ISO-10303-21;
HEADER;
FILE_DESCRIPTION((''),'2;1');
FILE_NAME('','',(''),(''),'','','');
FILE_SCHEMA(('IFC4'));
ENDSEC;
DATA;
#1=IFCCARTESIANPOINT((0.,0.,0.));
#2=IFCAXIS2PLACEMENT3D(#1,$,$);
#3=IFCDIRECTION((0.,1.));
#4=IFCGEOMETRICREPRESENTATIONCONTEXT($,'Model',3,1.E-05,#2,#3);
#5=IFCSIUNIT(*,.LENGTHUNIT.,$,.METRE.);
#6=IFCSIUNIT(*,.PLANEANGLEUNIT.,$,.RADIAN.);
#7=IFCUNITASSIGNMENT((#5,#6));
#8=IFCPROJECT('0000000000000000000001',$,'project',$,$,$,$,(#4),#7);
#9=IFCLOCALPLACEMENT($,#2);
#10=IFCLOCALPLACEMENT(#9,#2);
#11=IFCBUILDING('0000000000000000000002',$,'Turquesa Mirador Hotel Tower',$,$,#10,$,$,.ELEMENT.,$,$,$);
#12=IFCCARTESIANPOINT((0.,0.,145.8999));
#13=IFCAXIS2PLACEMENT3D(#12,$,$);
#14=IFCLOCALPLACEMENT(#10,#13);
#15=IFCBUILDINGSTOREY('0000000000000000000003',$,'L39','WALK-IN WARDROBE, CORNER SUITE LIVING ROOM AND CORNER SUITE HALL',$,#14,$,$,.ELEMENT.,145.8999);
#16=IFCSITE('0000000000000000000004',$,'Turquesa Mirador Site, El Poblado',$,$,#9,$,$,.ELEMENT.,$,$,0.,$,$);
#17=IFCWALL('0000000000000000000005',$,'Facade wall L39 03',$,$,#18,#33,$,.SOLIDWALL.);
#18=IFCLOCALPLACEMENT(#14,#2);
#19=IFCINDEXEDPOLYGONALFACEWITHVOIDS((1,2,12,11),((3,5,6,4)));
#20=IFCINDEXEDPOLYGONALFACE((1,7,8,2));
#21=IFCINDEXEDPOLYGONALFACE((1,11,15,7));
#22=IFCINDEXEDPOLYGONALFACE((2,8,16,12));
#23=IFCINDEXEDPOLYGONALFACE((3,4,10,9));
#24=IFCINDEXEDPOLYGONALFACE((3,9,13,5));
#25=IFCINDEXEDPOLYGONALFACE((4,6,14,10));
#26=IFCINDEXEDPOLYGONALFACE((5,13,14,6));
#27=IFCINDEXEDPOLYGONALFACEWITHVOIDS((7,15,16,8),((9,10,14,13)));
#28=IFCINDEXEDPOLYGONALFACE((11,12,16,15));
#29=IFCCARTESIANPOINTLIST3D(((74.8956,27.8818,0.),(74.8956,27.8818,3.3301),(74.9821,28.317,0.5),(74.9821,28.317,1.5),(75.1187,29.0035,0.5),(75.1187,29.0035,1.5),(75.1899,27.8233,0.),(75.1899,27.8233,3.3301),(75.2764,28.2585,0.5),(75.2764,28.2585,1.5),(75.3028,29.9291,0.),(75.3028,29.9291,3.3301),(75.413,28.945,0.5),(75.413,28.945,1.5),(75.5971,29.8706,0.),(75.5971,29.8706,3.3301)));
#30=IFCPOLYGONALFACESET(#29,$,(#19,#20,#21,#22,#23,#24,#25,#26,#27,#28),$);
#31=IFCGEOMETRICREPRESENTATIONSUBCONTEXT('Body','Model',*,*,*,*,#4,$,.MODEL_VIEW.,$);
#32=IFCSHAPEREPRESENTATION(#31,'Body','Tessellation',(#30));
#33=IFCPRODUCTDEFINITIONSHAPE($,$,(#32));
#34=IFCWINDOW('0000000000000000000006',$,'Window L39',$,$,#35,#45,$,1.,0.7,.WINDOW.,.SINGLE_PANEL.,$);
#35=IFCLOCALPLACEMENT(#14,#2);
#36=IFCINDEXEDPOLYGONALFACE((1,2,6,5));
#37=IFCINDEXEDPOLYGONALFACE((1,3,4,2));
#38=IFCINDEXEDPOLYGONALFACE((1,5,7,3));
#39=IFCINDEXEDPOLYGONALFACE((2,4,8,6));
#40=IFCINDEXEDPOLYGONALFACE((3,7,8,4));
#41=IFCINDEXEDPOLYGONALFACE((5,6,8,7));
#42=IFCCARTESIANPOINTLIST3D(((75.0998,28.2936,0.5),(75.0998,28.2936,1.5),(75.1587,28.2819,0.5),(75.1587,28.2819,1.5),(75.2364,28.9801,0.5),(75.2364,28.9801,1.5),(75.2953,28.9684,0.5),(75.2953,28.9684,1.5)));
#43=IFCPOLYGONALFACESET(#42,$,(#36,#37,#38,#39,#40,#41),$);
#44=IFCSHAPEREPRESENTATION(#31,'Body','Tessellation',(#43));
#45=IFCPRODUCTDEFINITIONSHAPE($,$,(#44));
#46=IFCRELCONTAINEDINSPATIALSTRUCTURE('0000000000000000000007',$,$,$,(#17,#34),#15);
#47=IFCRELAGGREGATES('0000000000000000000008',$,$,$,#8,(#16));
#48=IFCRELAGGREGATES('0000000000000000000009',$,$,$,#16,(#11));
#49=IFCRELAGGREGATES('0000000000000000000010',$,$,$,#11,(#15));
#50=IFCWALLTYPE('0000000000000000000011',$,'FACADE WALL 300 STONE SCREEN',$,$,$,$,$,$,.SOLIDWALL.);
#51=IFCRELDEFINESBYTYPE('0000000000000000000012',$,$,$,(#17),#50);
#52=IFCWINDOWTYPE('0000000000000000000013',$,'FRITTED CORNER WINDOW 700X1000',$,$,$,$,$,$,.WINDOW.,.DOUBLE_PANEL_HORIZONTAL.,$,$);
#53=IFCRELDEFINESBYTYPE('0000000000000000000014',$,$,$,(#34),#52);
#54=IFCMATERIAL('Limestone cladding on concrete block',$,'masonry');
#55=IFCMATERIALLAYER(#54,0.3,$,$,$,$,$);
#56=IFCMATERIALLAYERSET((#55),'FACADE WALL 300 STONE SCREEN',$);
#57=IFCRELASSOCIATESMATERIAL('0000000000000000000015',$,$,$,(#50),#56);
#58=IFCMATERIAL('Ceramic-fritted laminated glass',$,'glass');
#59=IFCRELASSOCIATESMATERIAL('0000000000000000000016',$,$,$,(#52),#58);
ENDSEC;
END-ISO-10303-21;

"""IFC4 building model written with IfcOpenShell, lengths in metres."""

from ifc_helpers import new_model, si_unit, direction, frame, frame_2d, origin, place, context, subcontext, project, spatial, rectangle, extrude, material, layer, layer_set, type_object, element, fill, save


model = new_model("IFC4")

# Units and contexts
model_context = context("Model", 3, precision=1e-05, world=origin(), true_north=direction((0.0, 1.0)))
body_context = subcontext(model_context, "Body", "Model", "MODEL_VIEW")
ifc_project = project(units=[si_unit("LENGTHUNIT", "METRE"), si_unit("PLANEANGLEUNIT", "RADIAN")], contexts=[model_context])

# Site, building, storey
site_placement = place(None, origin())
site = spatial("IfcSite", under=ifc_project, at=site_placement, Name="Turquesa Mirador Site, El Poblado", CompositionType="ELEMENT", RefElevation=0.0)
building_placement = place(site_placement, origin())
building = spatial("IfcBuilding", under=site, at=building_placement, Name="Turquesa Mirador Hotel Tower", CompositionType="ELEMENT")
storey_placement = place(building_placement, frame((0.0, 0.0, 145.8999)))
storey = spatial("IfcBuildingStorey", under=building, at=storey_placement, Name="L39", Description="WALK-IN WARDROBE, CORNER SUITE LIVING ROOM AND CORNER SUITE HALL", CompositionType="ELEMENT", Elevation=145.8999)

# Wall, opening, window
ifc_material_1 = material(Name="Limestone cladding on concrete block", Category="masonry")
ifc_layer = layer(ifc_material_1, 0.3)
ifc_layer_set = layer_set([ifc_layer], Name="FACADE WALL 300 STONE SCREEN")
wall_type = type_object("IfcWallType", Name="FACADE WALL 300 STONE SCREEN", PredefinedType="SOLIDWALL", material=ifc_layer_set)
ifc_material_2 = material(Name="Ceramic-fritted laminated glass", Category="glass")
window_type_1 = type_object("IfcWindowType", Name="FRITTED CORNER WINDOW 700X1000", PartitioningType="DOUBLE_PANEL_HORIZONTAL", PredefinedType="WINDOW", material=ifc_material_2)
wall_1_placement = place(storey_placement, frame((75.0427, 27.8525, 0.0), z_axis=(0.0, 0.0, 1.0), x_axis=(0.195081, 0.980787, 0.0)))
wall_1 = element("IfcWall", 1, at=wall_1_placement, inside=storey, type_object=wall_type, Name="Facade wall L39 03", PredefinedType="SOLIDWALL", context=body_context, shape_type="SweptSolid", body=[
    extrude(rectangle(XDim=2.0874, YDim=0.3, at=frame_2d((1.0437, 0.0))), origin(), (0.0, 0.0, 1.0), 3.3301),
])
opening_1_placement = place(wall_1_placement, frame((0.4436, 0.0, 0.5)))
opening_1 = element("IfcOpeningElement", 2, at=opening_1_placement, cuts=wall_1, PredefinedType="OPENING", context=body_context, shape_type="SweptSolid", body=[
    extrude(rectangle(XDim=0.7, YDim=1.0, at=frame_2d((0.3501, 0.5))), frame((0.0, 0.1599, 0.0), z_axis=(0.0, -1.0, 0.0), x_axis=(1.0, 0.0, 0.0)), (0.0, 0.0, 1.0), 0.3201),
])
window_1_placement = place(opening_1_placement, origin())
window_1 = element("IfcWindow", 3, at=window_1_placement, inside=storey, type_object=window_type_1, Name="Window L39", OverallHeight=1.0, OverallWidth=0.7, PartitioningType="SINGLE_PANEL", PredefinedType="WINDOW", context=body_context, shape_type="SweptSolid", body=[
    extrude(rectangle(XDim=0.7, YDim=1.0, at=frame_2d((0.3501, 0.5))), frame((0.0, 0.03, 0.0), z_axis=(0.0, -1.0, 0.0), x_axis=(1.0, 0.0, 0.0)), (0.0, 0.0, 1.0), 0.0601),
])
fill(opening_1, window_1)

save(model, "model.ifc")
